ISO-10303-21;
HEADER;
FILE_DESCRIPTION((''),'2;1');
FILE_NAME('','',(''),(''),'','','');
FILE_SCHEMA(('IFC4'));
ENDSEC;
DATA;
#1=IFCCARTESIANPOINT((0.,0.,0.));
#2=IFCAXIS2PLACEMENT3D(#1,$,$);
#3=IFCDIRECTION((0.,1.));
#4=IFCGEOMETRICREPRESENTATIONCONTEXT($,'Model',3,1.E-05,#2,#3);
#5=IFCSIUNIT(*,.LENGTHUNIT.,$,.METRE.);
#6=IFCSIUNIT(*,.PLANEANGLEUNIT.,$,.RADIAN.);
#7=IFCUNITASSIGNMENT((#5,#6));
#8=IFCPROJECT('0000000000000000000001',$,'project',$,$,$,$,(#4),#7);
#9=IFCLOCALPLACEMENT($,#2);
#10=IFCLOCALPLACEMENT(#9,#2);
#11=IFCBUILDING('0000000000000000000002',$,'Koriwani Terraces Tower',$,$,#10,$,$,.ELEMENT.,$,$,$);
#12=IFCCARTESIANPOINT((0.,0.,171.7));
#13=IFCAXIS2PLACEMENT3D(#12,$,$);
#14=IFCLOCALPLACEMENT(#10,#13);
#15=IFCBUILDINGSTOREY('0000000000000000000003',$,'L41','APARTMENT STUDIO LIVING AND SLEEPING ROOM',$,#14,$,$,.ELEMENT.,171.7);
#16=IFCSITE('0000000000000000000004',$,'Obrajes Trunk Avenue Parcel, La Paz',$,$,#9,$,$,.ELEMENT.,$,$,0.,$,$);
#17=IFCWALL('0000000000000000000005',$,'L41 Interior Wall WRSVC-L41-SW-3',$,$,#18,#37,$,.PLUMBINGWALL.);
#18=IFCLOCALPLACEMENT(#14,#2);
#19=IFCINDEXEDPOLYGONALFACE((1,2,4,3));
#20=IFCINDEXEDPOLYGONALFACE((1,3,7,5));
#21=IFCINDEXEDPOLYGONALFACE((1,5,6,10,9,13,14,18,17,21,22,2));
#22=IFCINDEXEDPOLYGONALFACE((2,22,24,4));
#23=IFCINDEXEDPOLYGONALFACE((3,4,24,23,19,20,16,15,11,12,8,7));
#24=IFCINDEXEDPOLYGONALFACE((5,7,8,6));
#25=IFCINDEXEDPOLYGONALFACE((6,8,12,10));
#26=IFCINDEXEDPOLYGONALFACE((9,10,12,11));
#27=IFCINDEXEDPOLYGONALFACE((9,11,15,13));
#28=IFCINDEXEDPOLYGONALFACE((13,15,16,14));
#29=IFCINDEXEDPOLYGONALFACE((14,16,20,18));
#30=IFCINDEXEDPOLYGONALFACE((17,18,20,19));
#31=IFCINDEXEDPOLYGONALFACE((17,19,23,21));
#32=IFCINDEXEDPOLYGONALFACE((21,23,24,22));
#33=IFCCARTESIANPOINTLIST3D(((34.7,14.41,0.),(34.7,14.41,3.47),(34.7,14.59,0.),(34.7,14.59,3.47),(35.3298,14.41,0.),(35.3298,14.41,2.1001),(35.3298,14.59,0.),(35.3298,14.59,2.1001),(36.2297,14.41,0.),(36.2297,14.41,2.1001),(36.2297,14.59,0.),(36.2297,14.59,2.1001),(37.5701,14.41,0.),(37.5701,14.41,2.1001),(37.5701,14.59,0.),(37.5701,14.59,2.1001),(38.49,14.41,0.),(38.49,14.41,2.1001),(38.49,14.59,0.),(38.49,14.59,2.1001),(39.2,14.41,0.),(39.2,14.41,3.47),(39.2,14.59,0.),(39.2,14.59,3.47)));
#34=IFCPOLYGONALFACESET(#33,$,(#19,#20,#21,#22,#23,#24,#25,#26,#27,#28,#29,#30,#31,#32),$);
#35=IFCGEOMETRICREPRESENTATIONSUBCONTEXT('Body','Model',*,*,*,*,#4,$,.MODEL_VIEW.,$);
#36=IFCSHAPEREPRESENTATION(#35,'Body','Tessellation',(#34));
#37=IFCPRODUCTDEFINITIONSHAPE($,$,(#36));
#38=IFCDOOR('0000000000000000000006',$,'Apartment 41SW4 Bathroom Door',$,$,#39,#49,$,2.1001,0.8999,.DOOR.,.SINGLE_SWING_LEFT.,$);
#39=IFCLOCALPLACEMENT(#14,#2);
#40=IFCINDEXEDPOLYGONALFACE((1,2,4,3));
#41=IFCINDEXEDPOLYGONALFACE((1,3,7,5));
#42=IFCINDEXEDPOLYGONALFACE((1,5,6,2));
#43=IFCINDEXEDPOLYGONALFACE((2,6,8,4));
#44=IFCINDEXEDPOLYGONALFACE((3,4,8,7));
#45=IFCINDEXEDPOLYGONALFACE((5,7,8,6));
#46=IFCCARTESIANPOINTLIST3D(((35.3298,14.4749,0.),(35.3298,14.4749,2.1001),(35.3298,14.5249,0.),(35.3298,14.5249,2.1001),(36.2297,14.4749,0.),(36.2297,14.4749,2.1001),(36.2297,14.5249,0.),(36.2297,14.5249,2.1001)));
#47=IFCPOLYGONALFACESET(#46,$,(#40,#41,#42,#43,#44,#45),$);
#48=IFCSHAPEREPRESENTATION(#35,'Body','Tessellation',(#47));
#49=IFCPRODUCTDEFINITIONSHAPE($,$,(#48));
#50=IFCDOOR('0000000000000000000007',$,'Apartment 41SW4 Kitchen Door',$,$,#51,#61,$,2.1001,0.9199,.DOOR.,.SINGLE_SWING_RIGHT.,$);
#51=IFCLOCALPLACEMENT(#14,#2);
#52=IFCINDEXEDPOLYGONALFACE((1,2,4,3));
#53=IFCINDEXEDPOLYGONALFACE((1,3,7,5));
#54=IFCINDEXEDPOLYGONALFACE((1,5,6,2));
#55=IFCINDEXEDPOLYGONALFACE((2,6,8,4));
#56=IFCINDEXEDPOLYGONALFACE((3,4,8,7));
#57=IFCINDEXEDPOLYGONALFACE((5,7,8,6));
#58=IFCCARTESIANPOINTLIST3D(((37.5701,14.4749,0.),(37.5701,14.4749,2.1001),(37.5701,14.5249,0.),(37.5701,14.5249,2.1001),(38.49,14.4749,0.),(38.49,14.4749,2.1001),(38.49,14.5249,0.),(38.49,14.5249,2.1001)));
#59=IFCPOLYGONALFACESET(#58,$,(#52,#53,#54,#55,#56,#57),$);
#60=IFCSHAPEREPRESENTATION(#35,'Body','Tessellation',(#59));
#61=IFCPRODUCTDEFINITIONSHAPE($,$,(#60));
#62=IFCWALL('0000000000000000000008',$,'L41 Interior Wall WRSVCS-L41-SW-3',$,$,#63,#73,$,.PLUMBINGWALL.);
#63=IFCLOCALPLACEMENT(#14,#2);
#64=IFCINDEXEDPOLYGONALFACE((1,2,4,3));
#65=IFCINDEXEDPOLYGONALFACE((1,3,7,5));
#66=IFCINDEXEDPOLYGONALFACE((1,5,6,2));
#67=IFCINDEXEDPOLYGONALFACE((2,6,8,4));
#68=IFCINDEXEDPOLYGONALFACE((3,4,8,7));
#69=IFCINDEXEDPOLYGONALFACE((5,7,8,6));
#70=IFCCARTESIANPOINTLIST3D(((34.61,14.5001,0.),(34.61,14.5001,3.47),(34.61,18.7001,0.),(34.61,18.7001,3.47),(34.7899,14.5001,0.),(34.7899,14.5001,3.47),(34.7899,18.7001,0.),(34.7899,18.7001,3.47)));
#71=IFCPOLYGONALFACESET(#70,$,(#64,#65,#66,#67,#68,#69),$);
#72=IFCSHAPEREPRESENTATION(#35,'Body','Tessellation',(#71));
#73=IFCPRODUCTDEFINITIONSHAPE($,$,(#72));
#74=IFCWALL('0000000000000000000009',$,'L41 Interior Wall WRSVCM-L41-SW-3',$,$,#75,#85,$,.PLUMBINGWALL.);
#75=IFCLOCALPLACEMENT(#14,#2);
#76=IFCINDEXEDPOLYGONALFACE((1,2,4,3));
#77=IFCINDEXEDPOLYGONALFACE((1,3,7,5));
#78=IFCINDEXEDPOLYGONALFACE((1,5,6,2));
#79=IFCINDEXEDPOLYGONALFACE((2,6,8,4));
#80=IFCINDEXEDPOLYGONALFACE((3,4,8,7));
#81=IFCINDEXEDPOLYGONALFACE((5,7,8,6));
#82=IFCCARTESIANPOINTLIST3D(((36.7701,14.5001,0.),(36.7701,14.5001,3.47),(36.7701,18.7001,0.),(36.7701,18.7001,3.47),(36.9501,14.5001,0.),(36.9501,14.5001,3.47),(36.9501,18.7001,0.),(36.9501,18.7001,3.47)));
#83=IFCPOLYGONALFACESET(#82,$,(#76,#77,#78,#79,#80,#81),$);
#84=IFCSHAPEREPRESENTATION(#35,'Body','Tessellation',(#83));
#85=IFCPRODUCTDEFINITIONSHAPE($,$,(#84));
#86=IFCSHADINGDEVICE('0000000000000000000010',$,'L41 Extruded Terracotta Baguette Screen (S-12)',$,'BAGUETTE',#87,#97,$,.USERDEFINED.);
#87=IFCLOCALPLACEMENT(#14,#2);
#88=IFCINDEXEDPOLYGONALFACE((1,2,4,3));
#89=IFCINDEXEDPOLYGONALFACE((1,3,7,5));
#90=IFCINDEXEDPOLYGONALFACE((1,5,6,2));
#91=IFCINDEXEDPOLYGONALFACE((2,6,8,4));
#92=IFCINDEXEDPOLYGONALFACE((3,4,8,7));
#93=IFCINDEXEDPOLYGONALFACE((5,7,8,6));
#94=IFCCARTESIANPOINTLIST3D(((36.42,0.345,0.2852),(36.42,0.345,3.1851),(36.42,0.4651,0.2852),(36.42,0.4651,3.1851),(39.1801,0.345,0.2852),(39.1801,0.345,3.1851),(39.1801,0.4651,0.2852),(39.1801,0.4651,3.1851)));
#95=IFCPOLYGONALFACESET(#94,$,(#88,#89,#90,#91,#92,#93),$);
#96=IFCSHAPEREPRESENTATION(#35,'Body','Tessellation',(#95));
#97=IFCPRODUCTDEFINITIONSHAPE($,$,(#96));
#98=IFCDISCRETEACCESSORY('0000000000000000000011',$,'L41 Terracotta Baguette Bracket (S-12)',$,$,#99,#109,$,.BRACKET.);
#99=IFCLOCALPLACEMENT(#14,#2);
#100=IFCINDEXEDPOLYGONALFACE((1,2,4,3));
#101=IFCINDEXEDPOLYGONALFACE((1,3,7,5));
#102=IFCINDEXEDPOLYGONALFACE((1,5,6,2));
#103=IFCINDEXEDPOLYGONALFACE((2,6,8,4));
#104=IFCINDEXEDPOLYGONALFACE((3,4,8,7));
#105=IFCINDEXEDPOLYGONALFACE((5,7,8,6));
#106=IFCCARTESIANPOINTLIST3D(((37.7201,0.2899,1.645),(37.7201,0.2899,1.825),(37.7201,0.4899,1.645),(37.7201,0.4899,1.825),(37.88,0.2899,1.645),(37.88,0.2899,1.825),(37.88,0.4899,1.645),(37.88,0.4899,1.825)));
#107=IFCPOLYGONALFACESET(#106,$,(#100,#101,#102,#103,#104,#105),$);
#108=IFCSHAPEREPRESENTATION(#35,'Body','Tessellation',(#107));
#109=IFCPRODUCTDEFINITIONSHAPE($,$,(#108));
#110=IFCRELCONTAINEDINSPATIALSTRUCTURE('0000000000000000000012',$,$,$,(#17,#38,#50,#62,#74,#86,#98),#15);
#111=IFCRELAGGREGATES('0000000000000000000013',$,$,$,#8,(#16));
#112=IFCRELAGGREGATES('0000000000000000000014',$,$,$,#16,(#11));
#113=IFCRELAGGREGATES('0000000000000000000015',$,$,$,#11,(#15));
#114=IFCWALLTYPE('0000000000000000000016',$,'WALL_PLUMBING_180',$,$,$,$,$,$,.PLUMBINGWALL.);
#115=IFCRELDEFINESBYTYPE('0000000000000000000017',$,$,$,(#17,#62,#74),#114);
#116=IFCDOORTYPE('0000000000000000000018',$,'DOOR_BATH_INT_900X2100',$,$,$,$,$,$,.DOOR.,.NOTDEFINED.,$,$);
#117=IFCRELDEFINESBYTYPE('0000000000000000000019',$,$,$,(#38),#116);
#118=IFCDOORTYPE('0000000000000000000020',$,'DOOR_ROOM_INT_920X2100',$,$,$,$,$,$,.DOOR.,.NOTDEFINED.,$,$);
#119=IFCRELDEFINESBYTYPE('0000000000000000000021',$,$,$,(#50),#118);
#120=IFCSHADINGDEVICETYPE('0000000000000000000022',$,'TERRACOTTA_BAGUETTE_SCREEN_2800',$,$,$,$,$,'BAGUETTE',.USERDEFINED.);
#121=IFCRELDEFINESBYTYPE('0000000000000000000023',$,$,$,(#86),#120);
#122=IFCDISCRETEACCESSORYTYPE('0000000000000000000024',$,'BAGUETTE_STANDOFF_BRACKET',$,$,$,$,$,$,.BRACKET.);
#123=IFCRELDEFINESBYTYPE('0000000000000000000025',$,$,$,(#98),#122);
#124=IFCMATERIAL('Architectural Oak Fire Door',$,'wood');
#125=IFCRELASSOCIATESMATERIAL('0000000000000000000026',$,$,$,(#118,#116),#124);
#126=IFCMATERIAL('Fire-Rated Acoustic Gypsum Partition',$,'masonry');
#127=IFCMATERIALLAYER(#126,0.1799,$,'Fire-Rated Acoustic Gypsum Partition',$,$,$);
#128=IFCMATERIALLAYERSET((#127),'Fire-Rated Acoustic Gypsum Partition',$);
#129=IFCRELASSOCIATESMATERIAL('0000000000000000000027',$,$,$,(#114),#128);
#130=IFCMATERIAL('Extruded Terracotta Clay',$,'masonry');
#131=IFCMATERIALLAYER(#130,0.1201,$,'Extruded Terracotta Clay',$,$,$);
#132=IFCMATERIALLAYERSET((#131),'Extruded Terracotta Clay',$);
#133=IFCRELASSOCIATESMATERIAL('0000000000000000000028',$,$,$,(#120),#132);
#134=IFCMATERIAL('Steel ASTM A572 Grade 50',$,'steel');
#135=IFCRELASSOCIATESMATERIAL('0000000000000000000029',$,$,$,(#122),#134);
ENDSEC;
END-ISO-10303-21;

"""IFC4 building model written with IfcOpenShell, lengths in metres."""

from ifc_helpers import new_model, si_unit, direction, frame, frame_2d, origin, origin_2d, place, context, subcontext, project, spatial, rectangle, extrude, material, layer, layer_set, type_object, element, fill, save


model = new_model("IFC4")

# Units and contexts
model_context = context("Model", 3, precision=1e-05, world=origin(), true_north=direction((0.0, 1.0)))
body_context = subcontext(model_context, "Body", "Model", "MODEL_VIEW")
ifc_project = project(units=[si_unit("LENGTHUNIT", "METRE"), si_unit("PLANEANGLEUNIT", "RADIAN")], contexts=[model_context])

# Site, building, storey
site_placement = place(None, origin())
site = spatial("IfcSite", under=ifc_project, at=site_placement, Name="Obrajes Trunk Avenue Parcel, La Paz", CompositionType="ELEMENT", RefElevation=0.0)
building_placement = place(site_placement, origin())
building = spatial("IfcBuilding", under=site, at=building_placement, Name="Koriwani Terraces Tower", CompositionType="ELEMENT")
storey_placement = place(building_placement, frame((0.0, 0.0, 171.7)))
storey = spatial("IfcBuildingStorey", under=building, at=storey_placement, Name="L41", Description="APARTMENT STUDIO LIVING AND SLEEPING ROOM", CompositionType="ELEMENT", Elevation=171.7)

# Shared definitions
ifc_material_1 = material(Name="Steel ASTM A572 Grade 50", Category="steel")

# Shared definitions
ifc_material_2 = material(Name="Architectural Oak Fire Door", Category="wood")
door_type_1 = type_object("IfcDoorType", Name="DOOR_ROOM_INT_920X2100", OperationType="NOTDEFINED", PredefinedType="DOOR", material=ifc_material_2)

# Shared definitions
ifc_material_3 = material(Name="Fire-Rated Acoustic Gypsum Partition", Category="masonry")
ifc_layer_1 = layer(ifc_material_3, 0.1799, Name="Fire-Rated Acoustic Gypsum Partition")
ifc_layer_set_1 = layer_set([ifc_layer_1], Name="Fire-Rated Acoustic Gypsum Partition")
wall_type_1 = type_object("IfcWallType", Name="WALL_PLUMBING_180", PredefinedType="PLUMBINGWALL", material=ifc_layer_set_1)
door_type_2 = type_object("IfcDoorType", Name="DOOR_BATH_INT_900X2100", OperationType="NOTDEFINED", PredefinedType="DOOR", material=ifc_material_2)

# Wall, openings, doors
wall_1_placement = place(storey_placement, frame((34.7, 14.5, 0.0), z_axis=(0.0, 0.0, 1.0), x_axis=(1.0, 0.0, 0.0)))
wall_1 = element("IfcWall", 1, at=wall_1_placement, inside=storey, type_object=wall_type_1, Name="L41 Interior Wall WRSVC-L41-SW-3", PredefinedType="PLUMBINGWALL", context=body_context, shape_type="SweptSolid", body=[
    extrude(rectangle(XDim=4.5, YDim=0.1799, at=frame_2d((2.25, 0.0))), origin(), (0.0, 0.0, 1.0), 3.47),
])
opening_1_placement = place(wall_1_placement, frame((0.6299, 0.0, 0.0)))
opening_1 = element("IfcOpeningElement", 2, at=opening_1_placement, cuts=wall_1, PredefinedType="OPENING", context=body_context, shape_type="SweptSolid", body=[
    extrude(rectangle(XDim=0.8999, YDim=2.1001, at=frame_2d((0.45, 1.05))), frame((0.0, 0.1001, 0.0), z_axis=(0.0, -1.0, 0.0), x_axis=(1.0, 0.0, 0.0)), (0.0, 0.0, 1.0), 0.2),
])
opening_2_placement = place(wall_1_placement, frame((2.8701, 0.0, 0.0)))
opening_2 = element("IfcOpeningElement", 3, at=opening_2_placement, cuts=wall_1, PredefinedType="OPENING", context=body_context, shape_type="SweptSolid", body=[
    extrude(rectangle(XDim=0.9199, YDim=2.1001, at=frame_2d((0.46, 1.05))), frame((0.0, 0.1001, 0.0), z_axis=(0.0, -1.0, 0.0), x_axis=(1.0, 0.0, 0.0)), (0.0, 0.0, 1.0), 0.2),
])
door_1_placement = place(opening_1_placement, origin())
door_1 = element("IfcDoor", 4, at=door_1_placement, inside=storey, type_object=door_type_2, Name="Apartment 41SW4 Bathroom Door", OperationType="SINGLE_SWING_LEFT", OverallHeight=2.1001, OverallWidth=0.8999, PredefinedType="DOOR", context=body_context, shape_type="SweptSolid", body=[
    extrude(rectangle(XDim=0.8999, YDim=2.1001, at=frame_2d((0.45, 1.05))), frame((0.0, 0.0249, 0.0), z_axis=(0.0, -1.0, 0.0), x_axis=(1.0, 0.0, 0.0)), (0.0, 0.0, 1.0), 0.05),
])
fill(opening_1, door_1)
door_2_placement = place(opening_2_placement, origin())
door_2 = element("IfcDoor", 5, at=door_2_placement, inside=storey, type_object=door_type_1, Name="Apartment 41SW4 Kitchen Door", OperationType="SINGLE_SWING_RIGHT", OverallHeight=2.1001, OverallWidth=0.9199, PredefinedType="DOOR", context=body_context, shape_type="SweptSolid", body=[
    extrude(rectangle(XDim=0.9199, YDim=2.1001, at=frame_2d((0.46, 1.05))), frame((0.0, 0.0249, 0.0), z_axis=(0.0, -1.0, 0.0), x_axis=(1.0, 0.0, 0.0)), (0.0, 0.0, 1.0), 0.05),
])
fill(opening_2, door_2)

# Walls
for number, where, z_axis, x_axis, name in (
    (6, (34.7, 14.5, 0.0), (0.0, 0.0, 1.0), (0.0, 1.0, 0.0), "L41 Interior Wall WRSVCS-L41-SW-3"),
    (7, (36.8601, 14.5, 0.0), (0.0, 0.0, 1.0), (0.0, 1.0, 0.0), "L41 Interior Wall WRSVCM-L41-SW-3"),
):
    element("IfcWall", number, at=place(storey_placement, frame(where, z_axis=z_axis, x_axis=x_axis)), inside=storey, type_object=wall_type_1, Name=name, PredefinedType="PLUMBINGWALL", context=body_context, shape_type="SweptSolid", body=[
        extrude(rectangle(XDim=4.2, YDim=0.1799, at=frame_2d((2.1001, 0.0))), origin(), (0.0, 0.0, 1.0), 3.47),
    ])

# Shading device
ifc_material_4 = material(Name="Extruded Terracotta Clay", Category="masonry")
ifc_layer_2 = layer(ifc_material_4, 0.1201, Name="Extruded Terracotta Clay")
ifc_layer_set_2 = layer_set([ifc_layer_2], Name="Extruded Terracotta Clay")
shading_device_type = type_object("IfcShadingDeviceType", Name="TERRACOTTA_BAGUETTE_SCREEN_2800", ElementType="BAGUETTE", PredefinedType="USERDEFINED", material=ifc_layer_set_2)
shading_device_placement = place(storey_placement, frame((37.8, 0.405, 0.2852), z_axis=(0.0, 0.0, 1.0), x_axis=(-1.0, 0.0, 0.0)))
element("IfcShadingDevice", 8, at=shading_device_placement, inside=storey, type_object=shading_device_type, Name="L41 Extruded Terracotta Baguette Screen (S-12)", ObjectType="BAGUETTE", PredefinedType="USERDEFINED", context=body_context, shape_type="SweptSolid", body=[
    extrude(rectangle(XDim=2.76, YDim=0.1201, at=origin_2d()), origin(), (0.0, 0.0, 1.0), 2.8999),
])

# Discrete accessory
discrete_accessory_type = type_object("IfcDiscreteAccessoryType", Name="BAGUETTE_STANDOFF_BRACKET", PredefinedType="BRACKET", material=ifc_material_1)
discrete_accessory_placement = place(storey_placement, frame((37.8, 0.3899, 1.645), z_axis=(0.0, 0.0, 1.0), x_axis=(-1.0, 0.0, 0.0)))
element("IfcDiscreteAccessory", 9, at=discrete_accessory_placement, inside=storey, type_object=discrete_accessory_type, Name="L41 Terracotta Baguette Bracket (S-12)", PredefinedType="BRACKET", context=body_context, shape_type="SweptSolid", body=[
    extrude(rectangle(XDim=0.1599, YDim=0.2, at=origin_2d()), origin(), (0.0, 0.0, 1.0), 0.1799),
])

save(model, "model.ifc")
